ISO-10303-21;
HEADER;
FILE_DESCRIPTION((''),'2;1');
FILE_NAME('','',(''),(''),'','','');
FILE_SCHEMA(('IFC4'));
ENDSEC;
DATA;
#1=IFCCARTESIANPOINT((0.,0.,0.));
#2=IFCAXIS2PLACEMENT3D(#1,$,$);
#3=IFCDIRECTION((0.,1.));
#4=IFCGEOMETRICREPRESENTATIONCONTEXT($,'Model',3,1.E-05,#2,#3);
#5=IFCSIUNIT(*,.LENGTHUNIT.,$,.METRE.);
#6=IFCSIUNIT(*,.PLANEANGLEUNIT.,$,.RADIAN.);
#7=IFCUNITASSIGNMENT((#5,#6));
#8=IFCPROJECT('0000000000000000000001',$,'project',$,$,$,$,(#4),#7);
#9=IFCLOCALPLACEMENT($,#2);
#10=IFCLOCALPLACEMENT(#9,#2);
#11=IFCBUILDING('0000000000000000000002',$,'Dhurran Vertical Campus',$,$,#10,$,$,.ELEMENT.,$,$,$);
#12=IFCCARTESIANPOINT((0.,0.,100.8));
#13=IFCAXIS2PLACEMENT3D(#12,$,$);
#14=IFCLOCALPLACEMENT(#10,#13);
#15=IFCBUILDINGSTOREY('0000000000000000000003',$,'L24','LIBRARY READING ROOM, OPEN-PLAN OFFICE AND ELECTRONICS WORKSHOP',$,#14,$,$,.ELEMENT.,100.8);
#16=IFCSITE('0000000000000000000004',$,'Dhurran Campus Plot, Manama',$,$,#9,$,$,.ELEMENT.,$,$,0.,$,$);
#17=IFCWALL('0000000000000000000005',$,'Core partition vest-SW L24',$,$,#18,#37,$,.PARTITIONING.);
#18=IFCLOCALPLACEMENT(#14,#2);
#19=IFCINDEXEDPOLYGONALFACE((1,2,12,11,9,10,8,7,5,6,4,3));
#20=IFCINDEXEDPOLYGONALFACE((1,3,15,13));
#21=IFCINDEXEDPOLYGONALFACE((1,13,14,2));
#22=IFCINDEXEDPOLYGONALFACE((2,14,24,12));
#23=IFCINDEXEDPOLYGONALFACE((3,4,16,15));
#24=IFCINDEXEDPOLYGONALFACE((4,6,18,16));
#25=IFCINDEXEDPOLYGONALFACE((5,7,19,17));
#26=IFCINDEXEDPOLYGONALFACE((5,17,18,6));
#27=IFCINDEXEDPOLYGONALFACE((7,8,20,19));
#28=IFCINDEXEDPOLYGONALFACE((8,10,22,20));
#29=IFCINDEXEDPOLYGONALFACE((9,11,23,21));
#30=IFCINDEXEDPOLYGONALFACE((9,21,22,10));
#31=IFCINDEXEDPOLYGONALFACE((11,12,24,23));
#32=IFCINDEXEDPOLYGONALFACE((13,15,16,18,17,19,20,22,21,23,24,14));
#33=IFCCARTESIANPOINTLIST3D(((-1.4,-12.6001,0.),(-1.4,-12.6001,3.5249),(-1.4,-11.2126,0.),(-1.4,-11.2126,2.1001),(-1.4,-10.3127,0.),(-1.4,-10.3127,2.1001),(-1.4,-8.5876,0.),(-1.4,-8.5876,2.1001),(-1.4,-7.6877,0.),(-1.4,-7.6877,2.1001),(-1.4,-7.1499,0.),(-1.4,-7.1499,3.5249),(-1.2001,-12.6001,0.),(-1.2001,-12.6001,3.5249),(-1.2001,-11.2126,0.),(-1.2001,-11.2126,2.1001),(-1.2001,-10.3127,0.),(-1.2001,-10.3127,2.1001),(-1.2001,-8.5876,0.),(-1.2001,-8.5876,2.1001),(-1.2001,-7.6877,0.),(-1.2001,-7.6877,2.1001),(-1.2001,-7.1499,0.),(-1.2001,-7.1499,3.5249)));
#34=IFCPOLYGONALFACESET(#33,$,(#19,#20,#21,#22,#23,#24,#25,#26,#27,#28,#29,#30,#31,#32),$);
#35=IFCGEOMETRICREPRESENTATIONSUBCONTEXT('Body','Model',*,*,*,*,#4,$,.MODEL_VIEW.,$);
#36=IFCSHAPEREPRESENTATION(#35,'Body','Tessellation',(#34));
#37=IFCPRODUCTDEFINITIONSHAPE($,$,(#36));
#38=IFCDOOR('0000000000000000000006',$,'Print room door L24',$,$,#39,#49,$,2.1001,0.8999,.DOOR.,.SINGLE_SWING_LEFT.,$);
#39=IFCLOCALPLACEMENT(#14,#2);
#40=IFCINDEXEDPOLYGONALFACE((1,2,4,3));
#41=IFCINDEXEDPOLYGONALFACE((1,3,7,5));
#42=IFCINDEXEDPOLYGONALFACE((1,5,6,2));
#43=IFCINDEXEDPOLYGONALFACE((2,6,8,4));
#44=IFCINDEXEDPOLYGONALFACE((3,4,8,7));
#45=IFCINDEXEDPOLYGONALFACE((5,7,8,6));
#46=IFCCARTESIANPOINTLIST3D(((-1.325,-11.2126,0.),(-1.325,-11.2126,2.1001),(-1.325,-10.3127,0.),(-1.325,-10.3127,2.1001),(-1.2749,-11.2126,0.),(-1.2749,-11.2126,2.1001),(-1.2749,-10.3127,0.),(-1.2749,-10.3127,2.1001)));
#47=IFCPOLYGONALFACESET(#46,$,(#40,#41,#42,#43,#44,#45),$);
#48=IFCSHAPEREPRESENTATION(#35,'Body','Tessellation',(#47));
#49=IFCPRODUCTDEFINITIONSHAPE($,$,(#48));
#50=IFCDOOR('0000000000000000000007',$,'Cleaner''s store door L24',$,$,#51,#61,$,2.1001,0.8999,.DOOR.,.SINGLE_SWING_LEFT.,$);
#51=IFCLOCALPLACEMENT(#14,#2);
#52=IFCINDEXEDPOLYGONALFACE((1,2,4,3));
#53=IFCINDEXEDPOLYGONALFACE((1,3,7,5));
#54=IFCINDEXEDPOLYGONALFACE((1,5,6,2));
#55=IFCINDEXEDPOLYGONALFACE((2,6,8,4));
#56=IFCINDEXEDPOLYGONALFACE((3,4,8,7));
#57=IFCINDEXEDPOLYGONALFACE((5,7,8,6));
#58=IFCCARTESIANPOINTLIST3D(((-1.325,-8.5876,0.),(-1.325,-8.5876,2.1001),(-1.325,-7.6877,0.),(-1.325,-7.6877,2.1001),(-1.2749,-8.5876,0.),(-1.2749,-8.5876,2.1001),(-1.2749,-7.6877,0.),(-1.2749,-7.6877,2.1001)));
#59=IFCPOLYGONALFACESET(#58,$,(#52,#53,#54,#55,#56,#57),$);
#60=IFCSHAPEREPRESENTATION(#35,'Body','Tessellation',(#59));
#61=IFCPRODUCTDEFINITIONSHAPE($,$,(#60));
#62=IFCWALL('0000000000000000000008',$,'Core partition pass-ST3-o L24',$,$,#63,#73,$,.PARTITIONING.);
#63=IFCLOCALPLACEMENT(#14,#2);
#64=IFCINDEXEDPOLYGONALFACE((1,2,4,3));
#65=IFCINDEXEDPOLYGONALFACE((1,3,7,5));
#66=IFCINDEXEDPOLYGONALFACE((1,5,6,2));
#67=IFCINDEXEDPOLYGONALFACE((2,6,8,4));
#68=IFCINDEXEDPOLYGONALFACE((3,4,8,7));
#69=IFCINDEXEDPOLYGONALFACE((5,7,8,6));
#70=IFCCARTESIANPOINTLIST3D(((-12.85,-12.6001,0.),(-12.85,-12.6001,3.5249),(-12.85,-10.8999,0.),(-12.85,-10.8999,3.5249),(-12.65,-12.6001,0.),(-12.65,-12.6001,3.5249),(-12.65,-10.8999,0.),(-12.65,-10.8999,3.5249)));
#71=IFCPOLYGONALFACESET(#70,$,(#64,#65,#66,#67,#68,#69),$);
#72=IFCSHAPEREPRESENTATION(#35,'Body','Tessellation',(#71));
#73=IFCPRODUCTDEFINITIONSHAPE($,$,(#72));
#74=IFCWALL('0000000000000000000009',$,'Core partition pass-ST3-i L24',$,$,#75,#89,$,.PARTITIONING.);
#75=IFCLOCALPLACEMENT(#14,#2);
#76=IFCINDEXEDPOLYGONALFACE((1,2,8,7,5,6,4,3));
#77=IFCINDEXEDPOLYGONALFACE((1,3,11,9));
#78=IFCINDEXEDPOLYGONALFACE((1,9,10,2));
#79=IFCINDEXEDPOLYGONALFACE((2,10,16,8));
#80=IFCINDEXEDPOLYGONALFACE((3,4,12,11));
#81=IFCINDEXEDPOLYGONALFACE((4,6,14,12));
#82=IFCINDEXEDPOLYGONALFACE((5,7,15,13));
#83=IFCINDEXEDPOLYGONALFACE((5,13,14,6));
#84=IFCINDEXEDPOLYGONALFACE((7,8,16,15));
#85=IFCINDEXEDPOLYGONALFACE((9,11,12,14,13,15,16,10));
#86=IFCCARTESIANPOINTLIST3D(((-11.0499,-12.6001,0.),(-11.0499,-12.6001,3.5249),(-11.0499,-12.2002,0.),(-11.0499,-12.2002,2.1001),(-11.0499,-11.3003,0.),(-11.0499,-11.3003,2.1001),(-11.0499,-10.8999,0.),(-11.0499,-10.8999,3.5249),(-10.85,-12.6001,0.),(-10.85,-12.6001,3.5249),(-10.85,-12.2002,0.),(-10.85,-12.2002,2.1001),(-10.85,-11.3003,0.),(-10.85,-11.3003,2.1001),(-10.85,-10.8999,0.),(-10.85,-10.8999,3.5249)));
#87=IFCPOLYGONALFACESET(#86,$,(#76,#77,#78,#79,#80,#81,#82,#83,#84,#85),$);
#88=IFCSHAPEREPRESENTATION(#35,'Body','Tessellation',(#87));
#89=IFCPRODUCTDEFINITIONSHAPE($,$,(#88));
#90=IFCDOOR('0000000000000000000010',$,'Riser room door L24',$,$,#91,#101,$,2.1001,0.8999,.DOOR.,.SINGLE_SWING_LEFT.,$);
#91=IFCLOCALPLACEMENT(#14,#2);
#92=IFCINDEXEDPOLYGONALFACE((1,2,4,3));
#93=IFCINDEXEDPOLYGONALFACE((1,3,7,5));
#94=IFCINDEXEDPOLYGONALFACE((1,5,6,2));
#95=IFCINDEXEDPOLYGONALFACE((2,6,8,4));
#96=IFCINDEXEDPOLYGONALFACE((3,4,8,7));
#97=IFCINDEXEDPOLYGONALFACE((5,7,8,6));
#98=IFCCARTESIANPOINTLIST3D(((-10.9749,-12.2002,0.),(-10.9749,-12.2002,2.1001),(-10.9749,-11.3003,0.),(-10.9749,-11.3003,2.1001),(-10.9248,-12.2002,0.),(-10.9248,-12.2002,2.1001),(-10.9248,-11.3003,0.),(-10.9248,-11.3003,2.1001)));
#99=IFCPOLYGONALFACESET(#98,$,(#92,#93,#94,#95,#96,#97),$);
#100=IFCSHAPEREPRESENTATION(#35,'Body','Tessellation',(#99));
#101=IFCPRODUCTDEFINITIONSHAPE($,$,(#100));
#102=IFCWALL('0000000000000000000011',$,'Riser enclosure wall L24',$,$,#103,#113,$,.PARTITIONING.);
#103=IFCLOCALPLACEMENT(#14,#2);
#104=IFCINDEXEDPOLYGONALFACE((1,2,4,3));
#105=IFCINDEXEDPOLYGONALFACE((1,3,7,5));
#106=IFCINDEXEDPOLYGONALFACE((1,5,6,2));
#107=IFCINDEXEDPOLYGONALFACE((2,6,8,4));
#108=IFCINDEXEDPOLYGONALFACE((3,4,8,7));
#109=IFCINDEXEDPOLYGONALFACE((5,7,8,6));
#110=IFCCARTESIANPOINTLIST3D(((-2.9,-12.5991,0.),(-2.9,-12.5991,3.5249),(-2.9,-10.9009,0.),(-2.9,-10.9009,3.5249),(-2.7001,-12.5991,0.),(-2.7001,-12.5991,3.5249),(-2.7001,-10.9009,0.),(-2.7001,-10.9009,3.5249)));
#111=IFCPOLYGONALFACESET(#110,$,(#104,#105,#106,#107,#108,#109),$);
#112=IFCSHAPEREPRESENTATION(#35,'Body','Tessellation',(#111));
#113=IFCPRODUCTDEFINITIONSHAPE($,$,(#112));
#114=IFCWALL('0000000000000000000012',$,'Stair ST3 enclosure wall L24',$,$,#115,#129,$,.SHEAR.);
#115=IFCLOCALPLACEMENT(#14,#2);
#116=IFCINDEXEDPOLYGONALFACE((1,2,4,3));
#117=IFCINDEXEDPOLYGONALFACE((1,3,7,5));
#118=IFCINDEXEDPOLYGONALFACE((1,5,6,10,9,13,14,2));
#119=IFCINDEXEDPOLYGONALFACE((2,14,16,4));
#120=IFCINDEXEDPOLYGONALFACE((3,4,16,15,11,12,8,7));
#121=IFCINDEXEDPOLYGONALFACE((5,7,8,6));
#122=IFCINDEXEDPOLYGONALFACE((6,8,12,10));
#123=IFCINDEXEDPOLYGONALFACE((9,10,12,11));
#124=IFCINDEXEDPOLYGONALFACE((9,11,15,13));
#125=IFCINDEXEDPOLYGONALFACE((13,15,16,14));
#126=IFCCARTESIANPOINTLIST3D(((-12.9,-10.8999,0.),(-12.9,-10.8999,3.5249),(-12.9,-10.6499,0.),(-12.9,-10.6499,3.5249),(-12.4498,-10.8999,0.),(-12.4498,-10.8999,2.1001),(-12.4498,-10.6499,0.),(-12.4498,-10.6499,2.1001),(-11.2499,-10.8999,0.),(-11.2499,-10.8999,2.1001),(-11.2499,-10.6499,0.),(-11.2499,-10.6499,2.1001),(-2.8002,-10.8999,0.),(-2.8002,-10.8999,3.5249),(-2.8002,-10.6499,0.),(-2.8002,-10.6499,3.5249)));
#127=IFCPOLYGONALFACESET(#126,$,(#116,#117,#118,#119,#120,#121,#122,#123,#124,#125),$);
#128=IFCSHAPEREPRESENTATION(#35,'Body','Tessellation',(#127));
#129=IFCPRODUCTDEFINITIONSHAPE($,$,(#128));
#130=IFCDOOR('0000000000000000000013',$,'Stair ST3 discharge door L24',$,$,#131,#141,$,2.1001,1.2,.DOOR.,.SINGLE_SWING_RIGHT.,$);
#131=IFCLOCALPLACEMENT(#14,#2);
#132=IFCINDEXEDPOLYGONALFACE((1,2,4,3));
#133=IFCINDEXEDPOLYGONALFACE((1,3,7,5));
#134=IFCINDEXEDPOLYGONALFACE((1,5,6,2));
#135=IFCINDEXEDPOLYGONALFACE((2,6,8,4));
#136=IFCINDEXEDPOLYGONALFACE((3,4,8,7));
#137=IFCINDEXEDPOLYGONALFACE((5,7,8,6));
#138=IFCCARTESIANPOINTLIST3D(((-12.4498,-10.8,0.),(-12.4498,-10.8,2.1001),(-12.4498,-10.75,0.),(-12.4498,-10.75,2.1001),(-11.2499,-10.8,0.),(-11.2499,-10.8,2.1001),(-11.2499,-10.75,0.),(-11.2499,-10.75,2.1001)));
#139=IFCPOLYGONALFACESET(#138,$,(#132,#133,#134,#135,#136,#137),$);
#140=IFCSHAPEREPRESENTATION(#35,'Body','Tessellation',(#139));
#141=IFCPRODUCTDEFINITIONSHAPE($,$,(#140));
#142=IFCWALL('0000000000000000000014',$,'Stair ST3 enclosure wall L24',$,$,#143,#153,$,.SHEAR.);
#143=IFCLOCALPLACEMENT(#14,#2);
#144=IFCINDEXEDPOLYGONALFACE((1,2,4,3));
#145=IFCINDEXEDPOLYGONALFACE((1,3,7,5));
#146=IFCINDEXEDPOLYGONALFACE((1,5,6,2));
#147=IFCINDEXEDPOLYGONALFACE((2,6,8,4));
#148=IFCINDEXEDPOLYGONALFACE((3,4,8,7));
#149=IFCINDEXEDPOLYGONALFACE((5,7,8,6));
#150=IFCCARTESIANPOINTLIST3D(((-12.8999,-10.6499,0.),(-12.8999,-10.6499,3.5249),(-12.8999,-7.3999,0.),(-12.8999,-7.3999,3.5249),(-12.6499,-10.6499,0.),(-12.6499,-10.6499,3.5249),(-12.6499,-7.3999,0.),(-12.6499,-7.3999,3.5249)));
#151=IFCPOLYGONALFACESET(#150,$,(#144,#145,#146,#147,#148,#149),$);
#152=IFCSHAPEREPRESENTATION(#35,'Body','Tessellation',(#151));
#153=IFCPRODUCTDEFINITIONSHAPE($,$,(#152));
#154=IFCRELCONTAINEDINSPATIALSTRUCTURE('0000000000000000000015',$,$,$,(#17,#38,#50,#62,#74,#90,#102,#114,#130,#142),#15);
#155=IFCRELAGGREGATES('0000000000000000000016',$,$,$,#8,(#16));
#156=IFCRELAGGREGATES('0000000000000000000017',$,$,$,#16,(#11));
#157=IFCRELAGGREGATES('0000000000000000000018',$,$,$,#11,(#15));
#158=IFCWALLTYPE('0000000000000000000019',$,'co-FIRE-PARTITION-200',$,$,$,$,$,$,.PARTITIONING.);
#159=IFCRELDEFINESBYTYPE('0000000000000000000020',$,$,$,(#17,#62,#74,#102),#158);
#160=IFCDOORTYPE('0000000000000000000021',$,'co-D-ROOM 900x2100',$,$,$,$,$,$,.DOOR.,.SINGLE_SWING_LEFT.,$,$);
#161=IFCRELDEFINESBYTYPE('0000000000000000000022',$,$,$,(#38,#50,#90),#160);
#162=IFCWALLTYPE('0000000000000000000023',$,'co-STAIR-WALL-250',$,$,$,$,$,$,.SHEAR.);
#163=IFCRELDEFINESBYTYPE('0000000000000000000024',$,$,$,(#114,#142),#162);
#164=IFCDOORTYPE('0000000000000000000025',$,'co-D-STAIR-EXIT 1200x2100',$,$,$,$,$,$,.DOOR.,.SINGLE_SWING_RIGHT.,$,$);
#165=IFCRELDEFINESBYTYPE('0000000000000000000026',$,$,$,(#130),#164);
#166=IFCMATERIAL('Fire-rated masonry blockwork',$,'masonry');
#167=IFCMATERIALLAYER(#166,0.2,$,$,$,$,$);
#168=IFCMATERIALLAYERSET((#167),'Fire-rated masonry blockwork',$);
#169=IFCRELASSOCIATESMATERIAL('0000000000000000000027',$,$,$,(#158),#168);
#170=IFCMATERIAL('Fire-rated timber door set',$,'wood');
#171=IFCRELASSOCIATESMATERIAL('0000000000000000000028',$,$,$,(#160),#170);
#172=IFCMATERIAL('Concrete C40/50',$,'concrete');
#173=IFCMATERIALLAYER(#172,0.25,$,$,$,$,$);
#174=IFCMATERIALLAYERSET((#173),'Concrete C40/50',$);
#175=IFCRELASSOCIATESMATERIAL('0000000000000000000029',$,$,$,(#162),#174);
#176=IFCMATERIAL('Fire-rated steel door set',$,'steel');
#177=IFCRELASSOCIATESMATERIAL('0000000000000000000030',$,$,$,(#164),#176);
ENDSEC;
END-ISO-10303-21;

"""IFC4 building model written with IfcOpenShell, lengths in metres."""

from ifc_helpers import new_model, si_unit, direction, frame, frame_2d, origin, place, context, subcontext, project, spatial, rectangle, extrude, material, layer, layer_set, type_object, element, fill, save


model = new_model("IFC4")

# Units and contexts
model_context = context("Model", 3, precision=1e-05, world=origin(), true_north=direction((0.0, 1.0)))
body_context = subcontext(model_context, "Body", "Model", "MODEL_VIEW")
ifc_project = project(units=[si_unit("LENGTHUNIT", "METRE"), si_unit("PLANEANGLEUNIT", "RADIAN")], contexts=[model_context])

# Site, building, storey
site_placement = place(None, origin())
site = spatial("IfcSite", under=ifc_project, at=site_placement, Name="Dhurran Campus Plot, Manama", CompositionType="ELEMENT", RefElevation=0.0)
building_placement = place(site_placement, origin())
building = spatial("IfcBuilding", under=site, at=building_placement, Name="Dhurran Vertical Campus", CompositionType="ELEMENT")
storey_placement = place(building_placement, frame((0.0, 0.0, 100.8)))
storey = spatial("IfcBuildingStorey", under=building, at=storey_placement, Name="L24", Description="LIBRARY READING ROOM, OPEN-PLAN OFFICE AND ELECTRONICS WORKSHOP", CompositionType="ELEMENT", Elevation=100.8)

# Wall, openings, doors
ifc_material_1 = material(Name="Fire-rated masonry blockwork", Category="masonry")
ifc_layer_1 = layer(ifc_material_1, 0.2)
ifc_layer_set_1 = layer_set([ifc_layer_1], Name="Fire-rated masonry blockwork")
wall_type_1 = type_object("IfcWallType", Name="co-FIRE-PARTITION-200", PredefinedType="PARTITIONING", material=ifc_layer_set_1)
wall_1_placement = place(storey_placement, frame((-1.3, -12.6001, 0.0), z_axis=(0.0, 0.0, 1.0), x_axis=(0.0, 1.0, 0.0)))
wall_1 = element("IfcWall", 1, at=wall_1_placement, inside=storey, type_object=wall_type_1, Name="Core partition vest-SW L24", PredefinedType="PARTITIONING", context=body_context, shape_type="SweptSolid", body=[
    extrude(rectangle(XDim=5.4502, YDim=0.2, at=frame_2d((2.7251, 0.0))), origin(), (0.0, 0.0, 1.0), 3.5249),
])
opening_1_placement = place(wall_1_placement, frame((1.3875, 0.0, 0.0)))
opening_1 = element("IfcOpeningElement", 2, at=opening_1_placement, cuts=wall_1, PredefinedType="OPENING", context=body_context, shape_type="SweptSolid", body=[
    extrude(rectangle(XDim=0.8999, YDim=2.1001, at=frame_2d((0.45, 1.05))), frame((0.0, 0.1099, 0.0), z_axis=(0.0, -1.0, 0.0), x_axis=(1.0, 0.0, 0.0)), (0.0, 0.0, 1.0), 0.22),
])
opening_2_placement = place(wall_1_placement, frame((4.0125, 0.0, 0.0)))
opening_2 = element("IfcOpeningElement", 3, at=opening_2_placement, cuts=wall_1, PredefinedType="OPENING", context=body_context, shape_type="SweptSolid", body=[
    extrude(rectangle(XDim=0.8999, YDim=2.1001, at=frame_2d((0.45, 1.05))), frame((0.0, 0.1099, 0.0), z_axis=(0.0, -1.0, 0.0), x_axis=(1.0, 0.0, 0.0)), (0.0, 0.0, 1.0), 0.22),
])
ifc_material_2 = material(Name="Fire-rated timber door set", Category="wood")
door_type_1 = type_object("IfcDoorType", Name="co-D-ROOM 900x2100", OperationType="SINGLE_SWING_LEFT", PredefinedType="DOOR", material=ifc_material_2)
door_1_placement = place(opening_1_placement, origin())
door_1 = element("IfcDoor", 4, at=door_1_placement, inside=storey, type_object=door_type_1, Name="Print room door L24", OperationType="SINGLE_SWING_LEFT", OverallHeight=2.1001, OverallWidth=0.8999, PredefinedType="DOOR", context=body_context, shape_type="SweptSolid", body=[
    extrude(rectangle(XDim=0.8999, YDim=2.1001, at=frame_2d((0.45, 1.05))), frame((0.0, 0.0249, 0.0), z_axis=(0.0, -1.0, 0.0), x_axis=(1.0, 0.0, 0.0)), (0.0, 0.0, 1.0), 0.05),
])
fill(opening_1, door_1)
door_2_placement = place(opening_2_placement, origin())
door_2 = element("IfcDoor", 5, at=door_2_placement, inside=storey, type_object=door_type_1, Name="Cleaner's store door L24", OperationType="SINGLE_SWING_LEFT", OverallHeight=2.1001, OverallWidth=0.8999, PredefinedType="DOOR", context=body_context, shape_type="SweptSolid", body=[
    extrude(rectangle(XDim=0.8999, YDim=2.1001, at=frame_2d((0.45, 1.05))), frame((0.0, 0.0249, 0.0), z_axis=(0.0, -1.0, 0.0), x_axis=(1.0, 0.0, 0.0)), (0.0, 0.0, 1.0), 0.05),
])
fill(opening_2, door_2)

# Wall
wall_2_placement = place(storey_placement, frame((-12.75, -12.6001, 0.0), z_axis=(0.0, 0.0, 1.0), x_axis=(0.0, 1.0, 0.0)))
element("IfcWall", 6, at=wall_2_placement, inside=storey, type_object=wall_type_1, Name="Core partition pass-ST3-o L24", PredefinedType="PARTITIONING", context=body_context, shape_type="SweptSolid", body=[
    extrude(rectangle(XDim=1.7002, YDim=0.2, at=frame_2d((0.8501, 0.0))), origin(), (0.0, 0.0, 1.0), 3.5249),
])

# Wall, opening, door
wall_3_placement = place(storey_placement, frame((-10.95, -12.6001, 0.0), z_axis=(0.0, 0.0, 1.0), x_axis=(0.0, 1.0, 0.0)))
wall_3 = element("IfcWall", 7, at=wall_3_placement, inside=storey, type_object=wall_type_1, Name="Core partition pass-ST3-i L24", PredefinedType="PARTITIONING", context=body_context, shape_type="SweptSolid", body=[
    extrude(rectangle(XDim=1.7002, YDim=0.2, at=frame_2d((0.8501, 0.0))), origin(), (0.0, 0.0, 1.0), 3.5249),
])
opening_3_placement = place(wall_3_placement, frame((0.3999, 0.0, 0.0)))
opening_3 = element("IfcOpeningElement", 8, at=opening_3_placement, cuts=wall_3, PredefinedType="OPENING", context=body_context, shape_type="SweptSolid", body=[
    extrude(rectangle(XDim=0.8999, YDim=2.1001, at=frame_2d((0.45, 1.05))), frame((0.0, 0.1099, 0.0), z_axis=(0.0, -1.0, 0.0), x_axis=(1.0, 0.0, 0.0)), (0.0, 0.0, 1.0), 0.22),
])
door_3_placement = place(opening_3_placement, origin())
door_3 = element("IfcDoor", 9, at=door_3_placement, inside=storey, type_object=door_type_1, Name="Riser room door L24", OperationType="SINGLE_SWING_LEFT", OverallHeight=2.1001, OverallWidth=0.8999, PredefinedType="DOOR", context=body_context, shape_type="SweptSolid", body=[
    extrude(rectangle(XDim=0.8999, YDim=2.1001, at=frame_2d((0.45, 1.05))), frame((0.0, 0.0249, 0.0), z_axis=(0.0, -1.0, 0.0), x_axis=(1.0, 0.0, 0.0)), (0.0, 0.0, 1.0), 0.05),
])
fill(opening_3, door_3)

# Wall
wall_4_placement = place(storey_placement, frame((-2.8, -12.5991, 0.0), z_axis=(0.0, 0.0, 1.0), x_axis=(0.0, 1.0, 0.0)))
element("IfcWall", 10, at=wall_4_placement, inside=storey, type_object=wall_type_1, Name="Riser enclosure wall L24", PredefinedType="PARTITIONING", context=body_context, shape_type="SweptSolid", body=[
    extrude(rectangle(XDim=1.6982, YDim=0.2, at=frame_2d((0.8491, 0.0))), origin(), (0.0, 0.0, 1.0), 3.5249),
])

# Wall, opening, door
ifc_material_3 = material(Name="Concrete C40/50", Category="concrete")
ifc_layer_2 = layer(ifc_material_3, 0.25)
ifc_layer_set_2 = layer_set([ifc_layer_2], Name="Concrete C40/50")
wall_type_2 = type_object("IfcWallType", Name="co-STAIR-WALL-250", PredefinedType="SHEAR", material=ifc_layer_set_2)
wall_5_placement = place(storey_placement, frame((-12.8999, -10.7749, 0.0), z_axis=(0.0, 0.0, 1.0), x_axis=(1.0, 0.0, 0.0)))
wall_5 = element("IfcWall", 11, at=wall_5_placement, inside=storey, type_object=wall_type_2, Name="Stair ST3 enclosure wall L24", PredefinedType="SHEAR", context=body_context, shape_type="SweptSolid", body=[
    extrude(rectangle(XDim=10.0999, YDim=0.25, at=frame_2d((5.0498, 0.0))), origin(), (0.0, 0.0, 1.0), 3.5249),
])
opening_4_placement = place(wall_5_placement, frame((0.45, 0.0, 0.0)))
opening_4 = element("IfcOpeningElement", 12, at=opening_4_placement, cuts=wall_5, PredefinedType="OPENING", context=body_context, shape_type="SweptSolid", body=[
    extrude(rectangle(XDim=1.2, YDim=2.1001, at=frame_2d((0.6001, 1.05))), frame((0.0, 0.135, 0.0), z_axis=(0.0, -1.0, 0.0), x_axis=(1.0, 0.0, 0.0)), (0.0, 0.0, 1.0), 0.27),
])
ifc_material_4 = material(Name="Fire-rated steel door set", Category="steel")
door_type_2 = type_object("IfcDoorType", Name="co-D-STAIR-EXIT 1200x2100", OperationType="SINGLE_SWING_RIGHT", PredefinedType="DOOR", material=ifc_material_4)
door_4_placement = place(opening_4_placement, origin())
door_4 = element("IfcDoor", 13, at=door_4_placement, inside=storey, type_object=door_type_2, Name="Stair ST3 discharge door L24", OperationType="SINGLE_SWING_RIGHT", OverallHeight=2.1001, OverallWidth=1.2, PredefinedType="DOOR", context=body_context, shape_type="SweptSolid", body=[
    extrude(rectangle(XDim=1.2, YDim=2.1001, at=frame_2d((0.6001, 1.05))), frame((0.0, 0.0249, 0.0), z_axis=(0.0, -1.0, 0.0), x_axis=(1.0, 0.0, 0.0)), (0.0, 0.0, 1.0), 0.05),
])
fill(opening_4, door_4)

# Wall
wall_6_placement = place(storey_placement, frame((-12.7749, -10.6499, 0.0), z_axis=(0.0, 0.0, 1.0), x_axis=(0.0, 1.0, 0.0)))
element("IfcWall", 14, at=wall_6_placement, inside=storey, type_object=wall_type_2, Name="Stair ST3 enclosure wall L24", PredefinedType="SHEAR", context=body_context, shape_type="SweptSolid", body=[
    extrude(rectangle(XDim=3.25, YDim=0.25, at=frame_2d((1.625, 0.0))), origin(), (0.0, 0.0, 1.0), 3.5249),
])

save(model, "model.ifc")
